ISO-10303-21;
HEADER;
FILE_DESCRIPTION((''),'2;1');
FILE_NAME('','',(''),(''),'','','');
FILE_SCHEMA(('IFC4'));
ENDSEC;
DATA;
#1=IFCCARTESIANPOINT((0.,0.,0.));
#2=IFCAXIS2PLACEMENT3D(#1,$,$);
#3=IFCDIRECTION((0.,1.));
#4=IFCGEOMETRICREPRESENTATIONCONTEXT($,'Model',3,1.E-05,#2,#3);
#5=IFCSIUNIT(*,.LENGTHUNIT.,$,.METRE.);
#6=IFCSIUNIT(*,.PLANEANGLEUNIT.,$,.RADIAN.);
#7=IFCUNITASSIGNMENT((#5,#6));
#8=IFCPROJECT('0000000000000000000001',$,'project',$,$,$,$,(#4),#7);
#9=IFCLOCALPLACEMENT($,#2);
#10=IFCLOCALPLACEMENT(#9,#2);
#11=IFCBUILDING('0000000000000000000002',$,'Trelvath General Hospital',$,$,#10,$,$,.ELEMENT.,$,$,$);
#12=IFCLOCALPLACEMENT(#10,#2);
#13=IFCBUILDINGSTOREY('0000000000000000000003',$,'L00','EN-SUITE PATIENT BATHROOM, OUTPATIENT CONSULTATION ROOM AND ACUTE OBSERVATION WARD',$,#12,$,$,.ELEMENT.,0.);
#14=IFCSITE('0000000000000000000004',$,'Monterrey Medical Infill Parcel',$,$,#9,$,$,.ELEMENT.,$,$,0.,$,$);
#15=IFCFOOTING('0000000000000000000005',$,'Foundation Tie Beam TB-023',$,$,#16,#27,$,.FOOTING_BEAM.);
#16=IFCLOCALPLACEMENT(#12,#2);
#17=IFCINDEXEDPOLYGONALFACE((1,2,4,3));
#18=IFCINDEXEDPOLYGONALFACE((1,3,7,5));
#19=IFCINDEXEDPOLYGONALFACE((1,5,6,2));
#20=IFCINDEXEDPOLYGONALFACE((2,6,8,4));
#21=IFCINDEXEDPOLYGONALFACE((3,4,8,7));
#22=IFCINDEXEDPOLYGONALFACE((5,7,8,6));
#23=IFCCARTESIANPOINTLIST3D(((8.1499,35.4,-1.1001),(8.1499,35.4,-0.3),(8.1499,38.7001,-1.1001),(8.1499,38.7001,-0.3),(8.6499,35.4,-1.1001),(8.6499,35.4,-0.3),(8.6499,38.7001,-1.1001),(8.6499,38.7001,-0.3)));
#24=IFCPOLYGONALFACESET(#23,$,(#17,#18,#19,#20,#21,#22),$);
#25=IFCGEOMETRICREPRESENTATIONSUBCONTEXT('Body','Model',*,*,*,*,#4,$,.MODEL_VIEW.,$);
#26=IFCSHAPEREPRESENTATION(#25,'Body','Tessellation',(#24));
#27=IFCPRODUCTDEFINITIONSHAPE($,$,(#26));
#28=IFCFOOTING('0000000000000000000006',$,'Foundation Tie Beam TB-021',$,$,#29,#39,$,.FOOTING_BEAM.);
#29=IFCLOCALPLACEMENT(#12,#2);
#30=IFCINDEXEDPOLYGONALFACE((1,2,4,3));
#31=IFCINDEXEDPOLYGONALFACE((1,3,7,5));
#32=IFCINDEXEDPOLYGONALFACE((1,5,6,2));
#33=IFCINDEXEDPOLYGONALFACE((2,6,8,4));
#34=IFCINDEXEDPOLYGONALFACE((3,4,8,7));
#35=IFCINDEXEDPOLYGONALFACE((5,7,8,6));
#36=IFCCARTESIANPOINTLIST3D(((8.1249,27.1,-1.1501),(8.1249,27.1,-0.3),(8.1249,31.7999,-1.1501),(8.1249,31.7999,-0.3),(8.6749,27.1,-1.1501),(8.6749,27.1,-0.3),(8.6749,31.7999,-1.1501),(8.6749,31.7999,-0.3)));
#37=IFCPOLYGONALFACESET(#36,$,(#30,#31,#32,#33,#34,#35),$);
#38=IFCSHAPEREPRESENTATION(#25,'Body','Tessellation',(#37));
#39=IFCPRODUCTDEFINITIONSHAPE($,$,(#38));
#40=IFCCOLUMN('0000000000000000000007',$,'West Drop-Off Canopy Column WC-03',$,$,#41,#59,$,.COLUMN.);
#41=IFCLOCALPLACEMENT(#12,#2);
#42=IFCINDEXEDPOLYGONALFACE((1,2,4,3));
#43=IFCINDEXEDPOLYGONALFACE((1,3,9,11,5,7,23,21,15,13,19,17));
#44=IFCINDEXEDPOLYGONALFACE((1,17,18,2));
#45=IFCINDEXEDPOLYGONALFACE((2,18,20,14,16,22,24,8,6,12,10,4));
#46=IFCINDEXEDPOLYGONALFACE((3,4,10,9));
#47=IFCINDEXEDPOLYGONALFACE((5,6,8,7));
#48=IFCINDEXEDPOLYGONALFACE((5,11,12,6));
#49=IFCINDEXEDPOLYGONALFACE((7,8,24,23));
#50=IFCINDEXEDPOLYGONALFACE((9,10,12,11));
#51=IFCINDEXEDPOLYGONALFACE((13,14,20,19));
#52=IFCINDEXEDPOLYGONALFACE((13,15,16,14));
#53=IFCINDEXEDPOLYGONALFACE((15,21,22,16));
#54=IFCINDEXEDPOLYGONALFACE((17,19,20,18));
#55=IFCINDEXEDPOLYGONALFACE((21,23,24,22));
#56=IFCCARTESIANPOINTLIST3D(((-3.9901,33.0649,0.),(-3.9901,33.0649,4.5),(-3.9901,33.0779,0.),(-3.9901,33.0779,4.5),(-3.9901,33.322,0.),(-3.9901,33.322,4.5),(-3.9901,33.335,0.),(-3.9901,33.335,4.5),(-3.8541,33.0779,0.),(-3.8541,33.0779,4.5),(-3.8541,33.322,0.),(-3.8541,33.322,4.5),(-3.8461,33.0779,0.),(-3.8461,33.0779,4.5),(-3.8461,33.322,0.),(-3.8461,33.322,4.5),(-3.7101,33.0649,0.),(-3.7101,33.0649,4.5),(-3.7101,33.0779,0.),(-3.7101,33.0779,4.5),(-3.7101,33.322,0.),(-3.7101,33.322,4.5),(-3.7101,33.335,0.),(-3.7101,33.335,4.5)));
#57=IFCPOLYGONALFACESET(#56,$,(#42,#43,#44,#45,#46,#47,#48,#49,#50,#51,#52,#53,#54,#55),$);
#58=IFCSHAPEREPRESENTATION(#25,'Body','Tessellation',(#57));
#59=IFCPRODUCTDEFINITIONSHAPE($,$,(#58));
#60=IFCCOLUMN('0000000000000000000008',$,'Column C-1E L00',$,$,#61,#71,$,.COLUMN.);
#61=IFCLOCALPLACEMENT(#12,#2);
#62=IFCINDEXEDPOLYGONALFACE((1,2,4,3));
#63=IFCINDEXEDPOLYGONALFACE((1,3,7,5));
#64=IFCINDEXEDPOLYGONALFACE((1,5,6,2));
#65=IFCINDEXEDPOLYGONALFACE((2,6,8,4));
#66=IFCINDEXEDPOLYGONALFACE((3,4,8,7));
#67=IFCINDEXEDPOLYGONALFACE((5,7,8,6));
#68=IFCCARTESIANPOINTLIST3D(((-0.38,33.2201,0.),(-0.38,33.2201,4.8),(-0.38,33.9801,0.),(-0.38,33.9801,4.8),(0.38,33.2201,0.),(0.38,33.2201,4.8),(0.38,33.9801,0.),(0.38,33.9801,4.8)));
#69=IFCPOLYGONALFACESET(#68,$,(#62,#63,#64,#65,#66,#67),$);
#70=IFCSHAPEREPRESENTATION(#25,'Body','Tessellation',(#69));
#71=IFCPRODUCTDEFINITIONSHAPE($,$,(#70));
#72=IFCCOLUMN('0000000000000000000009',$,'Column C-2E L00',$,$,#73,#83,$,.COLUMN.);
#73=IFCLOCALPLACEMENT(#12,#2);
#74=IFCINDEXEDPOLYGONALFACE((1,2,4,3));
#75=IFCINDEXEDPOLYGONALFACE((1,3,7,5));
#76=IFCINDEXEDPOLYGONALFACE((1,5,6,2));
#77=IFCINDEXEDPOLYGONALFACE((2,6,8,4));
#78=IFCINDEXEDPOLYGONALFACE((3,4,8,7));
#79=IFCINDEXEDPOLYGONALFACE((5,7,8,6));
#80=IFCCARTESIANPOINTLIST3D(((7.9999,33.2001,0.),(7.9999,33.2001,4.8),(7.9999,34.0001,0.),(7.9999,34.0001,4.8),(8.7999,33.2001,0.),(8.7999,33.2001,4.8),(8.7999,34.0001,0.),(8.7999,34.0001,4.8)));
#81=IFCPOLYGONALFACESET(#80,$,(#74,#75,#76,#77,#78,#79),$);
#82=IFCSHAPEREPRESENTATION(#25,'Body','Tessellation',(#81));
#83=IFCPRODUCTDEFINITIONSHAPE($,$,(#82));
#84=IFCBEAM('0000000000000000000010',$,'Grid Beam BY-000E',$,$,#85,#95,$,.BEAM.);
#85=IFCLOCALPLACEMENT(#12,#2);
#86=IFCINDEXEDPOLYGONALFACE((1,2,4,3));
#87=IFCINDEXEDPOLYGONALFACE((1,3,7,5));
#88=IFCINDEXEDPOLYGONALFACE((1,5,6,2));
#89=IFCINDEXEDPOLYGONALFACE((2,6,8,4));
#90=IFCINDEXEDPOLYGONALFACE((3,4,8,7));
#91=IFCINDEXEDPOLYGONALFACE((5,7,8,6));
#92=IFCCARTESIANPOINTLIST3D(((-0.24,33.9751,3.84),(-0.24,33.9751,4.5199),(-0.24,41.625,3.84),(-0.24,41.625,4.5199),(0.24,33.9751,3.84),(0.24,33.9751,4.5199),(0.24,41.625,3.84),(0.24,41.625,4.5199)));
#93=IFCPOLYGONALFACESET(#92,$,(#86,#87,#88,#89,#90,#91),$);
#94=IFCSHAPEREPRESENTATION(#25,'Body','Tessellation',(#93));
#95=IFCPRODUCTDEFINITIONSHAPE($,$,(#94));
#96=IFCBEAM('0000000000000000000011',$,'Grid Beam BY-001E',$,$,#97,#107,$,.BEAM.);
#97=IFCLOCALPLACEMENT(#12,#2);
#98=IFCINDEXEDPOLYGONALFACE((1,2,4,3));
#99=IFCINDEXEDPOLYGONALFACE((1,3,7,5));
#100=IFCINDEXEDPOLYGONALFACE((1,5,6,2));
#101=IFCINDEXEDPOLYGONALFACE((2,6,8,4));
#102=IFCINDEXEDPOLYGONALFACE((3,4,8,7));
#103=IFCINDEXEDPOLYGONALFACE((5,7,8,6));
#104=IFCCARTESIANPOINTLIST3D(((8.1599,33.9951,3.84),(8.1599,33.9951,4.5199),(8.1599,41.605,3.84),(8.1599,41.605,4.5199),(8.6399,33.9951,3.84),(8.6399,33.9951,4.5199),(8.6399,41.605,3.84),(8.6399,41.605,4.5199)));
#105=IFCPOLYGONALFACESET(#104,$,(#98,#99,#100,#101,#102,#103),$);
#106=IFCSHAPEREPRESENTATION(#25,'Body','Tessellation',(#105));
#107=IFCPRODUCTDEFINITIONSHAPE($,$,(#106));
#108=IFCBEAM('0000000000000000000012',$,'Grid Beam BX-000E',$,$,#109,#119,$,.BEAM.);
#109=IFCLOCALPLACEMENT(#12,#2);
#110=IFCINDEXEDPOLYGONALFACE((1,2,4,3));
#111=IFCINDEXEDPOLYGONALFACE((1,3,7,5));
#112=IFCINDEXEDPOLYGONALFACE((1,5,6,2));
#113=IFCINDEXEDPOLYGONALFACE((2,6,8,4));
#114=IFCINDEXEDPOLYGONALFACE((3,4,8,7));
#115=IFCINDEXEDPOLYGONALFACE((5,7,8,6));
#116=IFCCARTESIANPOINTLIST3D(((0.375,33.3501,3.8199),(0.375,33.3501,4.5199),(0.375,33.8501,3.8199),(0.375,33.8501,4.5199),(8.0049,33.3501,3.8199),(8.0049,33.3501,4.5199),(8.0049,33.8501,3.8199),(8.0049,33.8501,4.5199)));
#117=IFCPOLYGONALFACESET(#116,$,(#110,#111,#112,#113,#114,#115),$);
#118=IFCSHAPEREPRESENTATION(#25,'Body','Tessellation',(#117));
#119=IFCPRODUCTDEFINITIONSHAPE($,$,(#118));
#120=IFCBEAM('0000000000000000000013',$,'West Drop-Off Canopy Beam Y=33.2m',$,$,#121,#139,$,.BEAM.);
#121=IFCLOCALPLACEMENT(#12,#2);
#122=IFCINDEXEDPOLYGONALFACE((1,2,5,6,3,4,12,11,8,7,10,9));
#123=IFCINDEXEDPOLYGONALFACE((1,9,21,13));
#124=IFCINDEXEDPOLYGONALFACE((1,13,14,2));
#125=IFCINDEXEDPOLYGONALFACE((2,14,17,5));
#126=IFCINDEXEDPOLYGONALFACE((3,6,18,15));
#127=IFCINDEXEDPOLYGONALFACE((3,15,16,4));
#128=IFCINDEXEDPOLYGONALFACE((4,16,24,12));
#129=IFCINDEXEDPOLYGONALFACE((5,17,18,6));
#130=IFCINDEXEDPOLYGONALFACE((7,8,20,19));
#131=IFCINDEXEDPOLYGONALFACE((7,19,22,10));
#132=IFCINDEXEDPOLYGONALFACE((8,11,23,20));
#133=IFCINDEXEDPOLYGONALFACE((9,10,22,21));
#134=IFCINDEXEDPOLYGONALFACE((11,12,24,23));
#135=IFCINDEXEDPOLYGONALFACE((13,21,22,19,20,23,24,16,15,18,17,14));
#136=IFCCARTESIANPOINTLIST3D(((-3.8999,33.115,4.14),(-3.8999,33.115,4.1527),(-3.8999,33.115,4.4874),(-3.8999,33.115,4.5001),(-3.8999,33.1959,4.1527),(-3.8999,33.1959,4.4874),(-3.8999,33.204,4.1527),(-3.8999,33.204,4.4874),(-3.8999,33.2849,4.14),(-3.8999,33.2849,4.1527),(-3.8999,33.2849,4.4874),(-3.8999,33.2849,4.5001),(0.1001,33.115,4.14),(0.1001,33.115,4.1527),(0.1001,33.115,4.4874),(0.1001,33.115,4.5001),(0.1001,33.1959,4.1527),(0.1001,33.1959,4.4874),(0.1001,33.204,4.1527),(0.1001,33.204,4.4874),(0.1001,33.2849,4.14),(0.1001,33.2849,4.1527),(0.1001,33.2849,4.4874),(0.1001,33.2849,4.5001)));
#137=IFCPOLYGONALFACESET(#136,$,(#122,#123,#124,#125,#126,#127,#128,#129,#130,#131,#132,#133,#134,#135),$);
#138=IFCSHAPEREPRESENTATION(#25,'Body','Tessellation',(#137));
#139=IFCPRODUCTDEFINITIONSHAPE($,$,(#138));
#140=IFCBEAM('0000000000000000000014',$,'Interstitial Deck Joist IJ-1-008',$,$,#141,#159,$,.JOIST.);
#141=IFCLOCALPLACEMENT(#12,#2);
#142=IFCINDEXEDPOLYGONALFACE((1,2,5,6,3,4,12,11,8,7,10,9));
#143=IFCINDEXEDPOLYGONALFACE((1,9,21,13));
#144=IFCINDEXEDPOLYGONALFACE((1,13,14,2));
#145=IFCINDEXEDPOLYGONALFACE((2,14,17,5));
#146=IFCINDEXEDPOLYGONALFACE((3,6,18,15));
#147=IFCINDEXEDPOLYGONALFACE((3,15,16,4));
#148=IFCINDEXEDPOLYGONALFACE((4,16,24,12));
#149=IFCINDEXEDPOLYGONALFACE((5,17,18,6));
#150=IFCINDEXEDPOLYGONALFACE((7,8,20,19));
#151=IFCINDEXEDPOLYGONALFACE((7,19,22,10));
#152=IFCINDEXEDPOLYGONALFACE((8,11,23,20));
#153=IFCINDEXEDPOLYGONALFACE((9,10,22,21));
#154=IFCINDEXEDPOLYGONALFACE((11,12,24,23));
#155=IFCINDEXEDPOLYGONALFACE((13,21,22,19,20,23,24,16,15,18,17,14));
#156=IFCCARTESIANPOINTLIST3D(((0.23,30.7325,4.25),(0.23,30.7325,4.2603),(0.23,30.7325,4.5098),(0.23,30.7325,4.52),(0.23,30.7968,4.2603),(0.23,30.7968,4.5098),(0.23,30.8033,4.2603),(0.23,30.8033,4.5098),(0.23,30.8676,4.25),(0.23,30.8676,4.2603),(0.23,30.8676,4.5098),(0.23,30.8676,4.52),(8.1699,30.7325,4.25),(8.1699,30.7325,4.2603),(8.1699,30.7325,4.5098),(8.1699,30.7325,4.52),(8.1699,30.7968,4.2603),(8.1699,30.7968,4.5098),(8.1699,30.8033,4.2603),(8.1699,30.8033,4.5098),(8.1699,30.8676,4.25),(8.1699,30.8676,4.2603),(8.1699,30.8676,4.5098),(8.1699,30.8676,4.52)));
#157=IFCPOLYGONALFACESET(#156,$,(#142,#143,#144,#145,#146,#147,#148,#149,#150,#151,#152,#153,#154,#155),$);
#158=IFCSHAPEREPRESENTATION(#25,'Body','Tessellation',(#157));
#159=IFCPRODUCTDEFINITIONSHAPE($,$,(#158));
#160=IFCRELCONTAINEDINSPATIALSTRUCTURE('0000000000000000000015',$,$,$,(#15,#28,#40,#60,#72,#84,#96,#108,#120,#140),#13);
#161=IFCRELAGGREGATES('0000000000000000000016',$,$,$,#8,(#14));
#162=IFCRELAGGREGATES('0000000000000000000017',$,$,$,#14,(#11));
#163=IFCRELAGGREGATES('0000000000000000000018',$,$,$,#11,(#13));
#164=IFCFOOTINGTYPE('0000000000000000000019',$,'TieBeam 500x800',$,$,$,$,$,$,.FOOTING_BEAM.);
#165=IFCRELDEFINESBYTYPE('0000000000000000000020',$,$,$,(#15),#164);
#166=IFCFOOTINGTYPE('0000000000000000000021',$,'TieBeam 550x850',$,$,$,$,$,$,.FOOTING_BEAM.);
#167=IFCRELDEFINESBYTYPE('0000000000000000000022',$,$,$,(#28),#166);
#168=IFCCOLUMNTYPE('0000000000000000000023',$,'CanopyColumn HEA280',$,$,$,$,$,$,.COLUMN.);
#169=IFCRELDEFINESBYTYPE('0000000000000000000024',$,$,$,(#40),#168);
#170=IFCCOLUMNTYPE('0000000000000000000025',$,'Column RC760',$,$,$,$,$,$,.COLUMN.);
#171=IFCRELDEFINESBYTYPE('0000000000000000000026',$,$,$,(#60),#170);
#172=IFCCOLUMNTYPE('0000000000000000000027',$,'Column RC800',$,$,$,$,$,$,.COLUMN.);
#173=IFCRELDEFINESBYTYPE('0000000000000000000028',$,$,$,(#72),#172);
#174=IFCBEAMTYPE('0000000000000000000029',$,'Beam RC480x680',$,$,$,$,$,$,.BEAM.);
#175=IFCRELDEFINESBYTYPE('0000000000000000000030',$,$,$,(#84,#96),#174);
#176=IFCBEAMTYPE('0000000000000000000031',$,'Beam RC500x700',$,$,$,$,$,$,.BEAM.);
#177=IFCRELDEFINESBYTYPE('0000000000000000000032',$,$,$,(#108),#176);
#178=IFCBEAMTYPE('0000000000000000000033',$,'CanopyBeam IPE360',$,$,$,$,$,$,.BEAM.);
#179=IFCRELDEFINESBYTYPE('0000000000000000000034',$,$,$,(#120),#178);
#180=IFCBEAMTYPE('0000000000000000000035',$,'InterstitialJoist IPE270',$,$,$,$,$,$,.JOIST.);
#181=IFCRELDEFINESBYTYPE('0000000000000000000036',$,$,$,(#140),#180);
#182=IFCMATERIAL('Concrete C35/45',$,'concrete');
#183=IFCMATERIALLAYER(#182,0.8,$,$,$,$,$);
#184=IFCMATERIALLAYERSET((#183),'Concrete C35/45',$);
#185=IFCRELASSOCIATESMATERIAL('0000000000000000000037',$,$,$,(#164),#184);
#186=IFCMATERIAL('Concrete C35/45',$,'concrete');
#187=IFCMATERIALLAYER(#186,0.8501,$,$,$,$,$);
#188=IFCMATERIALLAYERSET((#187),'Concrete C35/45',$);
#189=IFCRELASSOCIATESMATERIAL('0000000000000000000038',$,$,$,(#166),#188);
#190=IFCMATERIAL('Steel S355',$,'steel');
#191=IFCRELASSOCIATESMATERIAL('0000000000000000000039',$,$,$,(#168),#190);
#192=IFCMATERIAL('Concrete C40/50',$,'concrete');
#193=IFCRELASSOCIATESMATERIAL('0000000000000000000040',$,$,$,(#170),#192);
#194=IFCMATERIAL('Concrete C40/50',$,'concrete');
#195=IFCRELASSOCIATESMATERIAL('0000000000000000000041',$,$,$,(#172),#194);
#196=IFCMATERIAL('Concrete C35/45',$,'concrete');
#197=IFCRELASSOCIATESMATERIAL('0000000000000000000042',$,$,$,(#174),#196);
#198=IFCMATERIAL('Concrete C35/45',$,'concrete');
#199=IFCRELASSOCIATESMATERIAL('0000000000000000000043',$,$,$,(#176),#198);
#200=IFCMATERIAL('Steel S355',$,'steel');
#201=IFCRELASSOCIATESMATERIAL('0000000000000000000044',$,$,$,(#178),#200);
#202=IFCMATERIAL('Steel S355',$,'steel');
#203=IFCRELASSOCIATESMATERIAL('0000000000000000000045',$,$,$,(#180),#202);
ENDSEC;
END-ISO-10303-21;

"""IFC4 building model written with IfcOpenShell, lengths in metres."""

from ifc_helpers import new_model, si_unit, direction, frame, origin, origin_2d, place, context, subcontext, project, spatial, rectangle, i_section, extrude, material, layer, layer_set, material_profile, profile_set, type_object, element, save


model = new_model("IFC4")

# Units and contexts
model_context = context("Model", 3, precision=1e-05, world=origin(), true_north=direction((0.0, 1.0)))
body_context = subcontext(model_context, "Body", "Model", "MODEL_VIEW")
ifc_project = project(units=[si_unit("LENGTHUNIT", "METRE"), si_unit("PLANEANGLEUNIT", "RADIAN")], contexts=[model_context])

# Site, building, storey
site_placement = place(None, origin())
site = spatial("IfcSite", under=ifc_project, at=site_placement, Name="Monterrey Medical Infill Parcel", CompositionType="ELEMENT", RefElevation=0.0)
building_placement = place(site_placement, origin())
building = spatial("IfcBuilding", under=site, at=building_placement, Name="Trelvath General Hospital", CompositionType="ELEMENT")
storey_placement = place(building_placement, origin())
storey = spatial("IfcBuildingStorey", under=building, at=storey_placement, Name="L00", Description="EN-SUITE PATIENT BATHROOM, OUTPATIENT CONSULTATION ROOM AND ACUTE OBSERVATION WARD", CompositionType="ELEMENT", Elevation=0.0)

# Footings
ifc_material_1 = material(Name="Concrete C35/45", Category="concrete")
ifc_layer_1 = layer(ifc_material_1, 0.8)
ifc_layer_set_1 = layer_set([ifc_layer_1], Name="Concrete C35/45")
footing_type_1 = type_object("IfcFootingType", Name="TieBeam 500x800", PredefinedType="FOOTING_BEAM", material=ifc_layer_set_1)
footing_1_placement = place(storey_placement, frame((8.3999, 37.05, -1.1001), z_axis=(0.0, 0.0, 1.0), x_axis=(1.0, 0.0, 0.0)))
element("IfcFooting", 1, at=footing_1_placement, inside=storey, type_object=footing_type_1, Name="Foundation Tie Beam TB-023", PredefinedType="FOOTING_BEAM", context=body_context, shape_type="SweptSolid", body=[
    extrude(rectangle(XDim=0.5, YDim=3.3, at=origin_2d()), origin(), (0.0, 0.0, 1.0), 0.8),
])
ifc_material_2 = material(Name="Concrete C35/45", Category="concrete")
ifc_layer_2 = layer(ifc_material_2, 0.8501)
ifc_layer_set_2 = layer_set([ifc_layer_2], Name="Concrete C35/45")
footing_type_2 = type_object("IfcFootingType", Name="TieBeam 550x850", PredefinedType="FOOTING_BEAM", material=ifc_layer_set_2)
footing_2_placement = place(storey_placement, frame((8.3999, 29.45, -1.1501), z_axis=(0.0, 0.0, 1.0), x_axis=(1.0, 0.0, 0.0)))
element("IfcFooting", 2, at=footing_2_placement, inside=storey, type_object=footing_type_2, Name="Foundation Tie Beam TB-021", PredefinedType="FOOTING_BEAM", context=body_context, shape_type="SweptSolid", body=[
    extrude(rectangle(XDim=0.55, YDim=4.7, at=origin_2d()), origin(), (0.0, 0.0, 1.0), 0.8501),
])

# Columns
ifc_material_3 = material(Name="Steel S355", Category="steel")
ifc_material_profile_1 = material_profile(ifc_material_3, i_section(OverallWidth=0.28, OverallDepth=0.27, WebThickness=0.0081, FlangeThickness=0.0129, at=origin_2d()), Name="HEA280")
ifc_profile_set_1 = profile_set([ifc_material_profile_1], Name="Steel S355")
column_type_1 = type_object("IfcColumnType", Name="CanopyColumn HEA280", PredefinedType="COLUMN", material=ifc_profile_set_1)
column_1_placement = place(storey_placement, frame((-3.8501, 33.2, 0.0), z_axis=(0.0, 0.0, 1.0), x_axis=(1.0, 0.0, 0.0)))
element("IfcColumn", 3, at=column_1_placement, inside=storey, type_object=column_type_1, Name="West Drop-Off Canopy Column WC-03", PredefinedType="COLUMN", context=body_context, shape_type="SweptSolid", body=[
    extrude(i_section(OverallWidth=0.28, OverallDepth=0.27, WebThickness=0.0081, FlangeThickness=0.0129, at=origin_2d()), origin(), (0.0, 0.0, 1.0), 4.5),
])
ifc_material_4 = material(Name="Concrete C40/50", Category="concrete")
ifc_material_profile_2 = material_profile(ifc_material_4, rectangle(XDim=0.76, YDim=0.76, at=origin_2d()), Name="RC760x760")
ifc_profile_set_2 = profile_set([ifc_material_profile_2], Name="Concrete C40/50")
column_type_2 = type_object("IfcColumnType", Name="Column RC760", PredefinedType="COLUMN", material=ifc_profile_set_2)
column_2_placement = place(storey_placement, frame((0.0, 33.6001, 0.0), z_axis=(0.0, 0.0, 1.0), x_axis=(1.0, 0.0, 0.0)))
element("IfcColumn", 4, at=column_2_placement, inside=storey, type_object=column_type_2, Name="Column C-1E L00", PredefinedType="COLUMN", context=body_context, shape_type="SweptSolid", body=[
    extrude(rectangle(XDim=0.76, YDim=0.76, at=origin_2d()), origin(), (0.0, 0.0, 1.0), 4.8),
])
ifc_material_5 = material(Name="Concrete C40/50", Category="concrete")
ifc_material_profile_3 = material_profile(ifc_material_5, rectangle(XDim=0.8, YDim=0.8, at=origin_2d()), Name="RC800x800")
ifc_profile_set_3 = profile_set([ifc_material_profile_3], Name="Concrete C40/50")
column_type_3 = type_object("IfcColumnType", Name="Column RC800", PredefinedType="COLUMN", material=ifc_profile_set_3)
column_3_placement = place(storey_placement, frame((8.3999, 33.6001, 0.0), z_axis=(0.0, 0.0, 1.0), x_axis=(1.0, 0.0, 0.0)))
element("IfcColumn", 5, at=column_3_placement, inside=storey, type_object=column_type_3, Name="Column C-2E L00", PredefinedType="COLUMN", context=body_context, shape_type="SweptSolid", body=[
    extrude(rectangle(XDim=0.8, YDim=0.8, at=origin_2d()), origin(), (0.0, 0.0, 1.0), 4.8),
])

# Beams
ifc_material_6 = material(Name="Concrete C35/45", Category="concrete")
ifc_material_profile_4 = material_profile(ifc_material_6, rectangle(XDim=0.48, YDim=0.6799, at=origin_2d()), Name="RCB480x680")
ifc_profile_set_4 = profile_set([ifc_material_profile_4], Name="Concrete C35/45")
beam_type_1 = type_object("IfcBeamType", Name="Beam RC480x680", PredefinedType="BEAM", material=ifc_profile_set_4)
beam_1_placement = place(storey_placement, frame((0.0, 33.9751, 4.1799), z_axis=(0.0, 1.0, 0.0), x_axis=(-1.0, 0.0, 0.0)))
element("IfcBeam", 6, at=beam_1_placement, inside=storey, type_object=beam_type_1, Name="Grid Beam BY-000E", PredefinedType="BEAM", context=body_context, shape_type="SweptSolid", body=[
    extrude(rectangle(XDim=0.48, YDim=0.6799, at=origin_2d()), origin(), (0.0, 0.0, 1.0), 7.6499),
])
beam_2_placement = place(storey_placement, frame((8.3999, 33.9951, 4.1799), z_axis=(0.0, 1.0, 0.0), x_axis=(-1.0, 0.0, 0.0)))
element("IfcBeam", 7, at=beam_2_placement, inside=storey, type_object=beam_type_1, Name="Grid Beam BY-001E", PredefinedType="BEAM", context=body_context, shape_type="SweptSolid", body=[
    extrude(rectangle(XDim=0.48, YDim=0.6799, at=origin_2d()), origin(), (0.0, 0.0, 1.0), 7.6099),
])
ifc_material_7 = material(Name="Concrete C35/45", Category="concrete")
ifc_material_profile_5 = material_profile(ifc_material_7, rectangle(XDim=0.5, YDim=0.7, at=origin_2d()), Name="RCB500x700")
ifc_profile_set_5 = profile_set([ifc_material_profile_5], Name="Concrete C35/45")
beam_type_2 = type_object("IfcBeamType", Name="Beam RC500x700", PredefinedType="BEAM", material=ifc_profile_set_5)
beam_3_placement = place(storey_placement, frame((0.375, 33.6001, 4.1699), z_axis=(1.0, 0.0, 0.0), x_axis=(0.0, 1.0, 0.0)))
element("IfcBeam", 8, at=beam_3_placement, inside=storey, type_object=beam_type_2, Name="Grid Beam BX-000E", PredefinedType="BEAM", context=body_context, shape_type="SweptSolid", body=[
    extrude(rectangle(XDim=0.5, YDim=0.7, at=origin_2d()), origin(), (0.0, 0.0, 1.0), 7.6299),
])
ifc_material_8 = material(Name="Steel S355", Category="steel")
ifc_material_profile_6 = material_profile(ifc_material_8, i_section(OverallWidth=0.1699, OverallDepth=0.3601, WebThickness=0.0081, FlangeThickness=0.0127, at=origin_2d()), Name="IPE360")
ifc_profile_set_6 = profile_set([ifc_material_profile_6], Name="Steel S355")
beam_type_3 = type_object("IfcBeamType", Name="CanopyBeam IPE360", PredefinedType="BEAM", material=ifc_profile_set_6)
beam_4_placement = place(storey_placement, frame((-3.8999, 33.2, 4.3201), z_axis=(1.0, 0.0, 0.0), x_axis=(0.0, 1.0, 0.0)))
element("IfcBeam", 9, at=beam_4_placement, inside=storey, type_object=beam_type_3, Name="West Drop-Off Canopy Beam Y=33.2m", PredefinedType="BEAM", context=body_context, shape_type="SweptSolid", body=[
    extrude(i_section(OverallWidth=0.1699, OverallDepth=0.3601, WebThickness=0.0081, FlangeThickness=0.0127, at=origin_2d()), origin(), (0.0, 0.0, 1.0), 4.0),
])
ifc_material_9 = material(Name="Steel S355", Category="steel")
ifc_material_profile_7 = material_profile(ifc_material_9, i_section(OverallWidth=0.135, OverallDepth=0.27, WebThickness=0.0066, FlangeThickness=0.0103, at=origin_2d()), Name="IPE270")
ifc_profile_set_7 = profile_set([ifc_material_profile_7], Name="Steel S355")
beam_type_4 = type_object("IfcBeamType", Name="InterstitialJoist IPE270", PredefinedType="JOIST", material=ifc_profile_set_7)
for number, where, z_axis, x_axis, name in (
    (10, (0.23, 30.8, 4.385), (1.0, 0.0, 0.0), (0.0, 1.0, 0.0), "Interstitial Deck Joist IJ-1-008"),
):
    element("IfcBeam", number, at=place(storey_placement, frame(where, z_axis=z_axis, x_axis=x_axis)), inside=storey, type_object=beam_type_4, Name=name, PredefinedType="JOIST", context=body_context, shape_type="SweptSolid", body=[
        extrude(i_section(OverallWidth=0.135, OverallDepth=0.27, WebThickness=0.0066, FlangeThickness=0.0103, at=origin_2d()), origin(), (0.0, 0.0, 1.0), 7.9399),
    ])

save(model, "model.ifc")
